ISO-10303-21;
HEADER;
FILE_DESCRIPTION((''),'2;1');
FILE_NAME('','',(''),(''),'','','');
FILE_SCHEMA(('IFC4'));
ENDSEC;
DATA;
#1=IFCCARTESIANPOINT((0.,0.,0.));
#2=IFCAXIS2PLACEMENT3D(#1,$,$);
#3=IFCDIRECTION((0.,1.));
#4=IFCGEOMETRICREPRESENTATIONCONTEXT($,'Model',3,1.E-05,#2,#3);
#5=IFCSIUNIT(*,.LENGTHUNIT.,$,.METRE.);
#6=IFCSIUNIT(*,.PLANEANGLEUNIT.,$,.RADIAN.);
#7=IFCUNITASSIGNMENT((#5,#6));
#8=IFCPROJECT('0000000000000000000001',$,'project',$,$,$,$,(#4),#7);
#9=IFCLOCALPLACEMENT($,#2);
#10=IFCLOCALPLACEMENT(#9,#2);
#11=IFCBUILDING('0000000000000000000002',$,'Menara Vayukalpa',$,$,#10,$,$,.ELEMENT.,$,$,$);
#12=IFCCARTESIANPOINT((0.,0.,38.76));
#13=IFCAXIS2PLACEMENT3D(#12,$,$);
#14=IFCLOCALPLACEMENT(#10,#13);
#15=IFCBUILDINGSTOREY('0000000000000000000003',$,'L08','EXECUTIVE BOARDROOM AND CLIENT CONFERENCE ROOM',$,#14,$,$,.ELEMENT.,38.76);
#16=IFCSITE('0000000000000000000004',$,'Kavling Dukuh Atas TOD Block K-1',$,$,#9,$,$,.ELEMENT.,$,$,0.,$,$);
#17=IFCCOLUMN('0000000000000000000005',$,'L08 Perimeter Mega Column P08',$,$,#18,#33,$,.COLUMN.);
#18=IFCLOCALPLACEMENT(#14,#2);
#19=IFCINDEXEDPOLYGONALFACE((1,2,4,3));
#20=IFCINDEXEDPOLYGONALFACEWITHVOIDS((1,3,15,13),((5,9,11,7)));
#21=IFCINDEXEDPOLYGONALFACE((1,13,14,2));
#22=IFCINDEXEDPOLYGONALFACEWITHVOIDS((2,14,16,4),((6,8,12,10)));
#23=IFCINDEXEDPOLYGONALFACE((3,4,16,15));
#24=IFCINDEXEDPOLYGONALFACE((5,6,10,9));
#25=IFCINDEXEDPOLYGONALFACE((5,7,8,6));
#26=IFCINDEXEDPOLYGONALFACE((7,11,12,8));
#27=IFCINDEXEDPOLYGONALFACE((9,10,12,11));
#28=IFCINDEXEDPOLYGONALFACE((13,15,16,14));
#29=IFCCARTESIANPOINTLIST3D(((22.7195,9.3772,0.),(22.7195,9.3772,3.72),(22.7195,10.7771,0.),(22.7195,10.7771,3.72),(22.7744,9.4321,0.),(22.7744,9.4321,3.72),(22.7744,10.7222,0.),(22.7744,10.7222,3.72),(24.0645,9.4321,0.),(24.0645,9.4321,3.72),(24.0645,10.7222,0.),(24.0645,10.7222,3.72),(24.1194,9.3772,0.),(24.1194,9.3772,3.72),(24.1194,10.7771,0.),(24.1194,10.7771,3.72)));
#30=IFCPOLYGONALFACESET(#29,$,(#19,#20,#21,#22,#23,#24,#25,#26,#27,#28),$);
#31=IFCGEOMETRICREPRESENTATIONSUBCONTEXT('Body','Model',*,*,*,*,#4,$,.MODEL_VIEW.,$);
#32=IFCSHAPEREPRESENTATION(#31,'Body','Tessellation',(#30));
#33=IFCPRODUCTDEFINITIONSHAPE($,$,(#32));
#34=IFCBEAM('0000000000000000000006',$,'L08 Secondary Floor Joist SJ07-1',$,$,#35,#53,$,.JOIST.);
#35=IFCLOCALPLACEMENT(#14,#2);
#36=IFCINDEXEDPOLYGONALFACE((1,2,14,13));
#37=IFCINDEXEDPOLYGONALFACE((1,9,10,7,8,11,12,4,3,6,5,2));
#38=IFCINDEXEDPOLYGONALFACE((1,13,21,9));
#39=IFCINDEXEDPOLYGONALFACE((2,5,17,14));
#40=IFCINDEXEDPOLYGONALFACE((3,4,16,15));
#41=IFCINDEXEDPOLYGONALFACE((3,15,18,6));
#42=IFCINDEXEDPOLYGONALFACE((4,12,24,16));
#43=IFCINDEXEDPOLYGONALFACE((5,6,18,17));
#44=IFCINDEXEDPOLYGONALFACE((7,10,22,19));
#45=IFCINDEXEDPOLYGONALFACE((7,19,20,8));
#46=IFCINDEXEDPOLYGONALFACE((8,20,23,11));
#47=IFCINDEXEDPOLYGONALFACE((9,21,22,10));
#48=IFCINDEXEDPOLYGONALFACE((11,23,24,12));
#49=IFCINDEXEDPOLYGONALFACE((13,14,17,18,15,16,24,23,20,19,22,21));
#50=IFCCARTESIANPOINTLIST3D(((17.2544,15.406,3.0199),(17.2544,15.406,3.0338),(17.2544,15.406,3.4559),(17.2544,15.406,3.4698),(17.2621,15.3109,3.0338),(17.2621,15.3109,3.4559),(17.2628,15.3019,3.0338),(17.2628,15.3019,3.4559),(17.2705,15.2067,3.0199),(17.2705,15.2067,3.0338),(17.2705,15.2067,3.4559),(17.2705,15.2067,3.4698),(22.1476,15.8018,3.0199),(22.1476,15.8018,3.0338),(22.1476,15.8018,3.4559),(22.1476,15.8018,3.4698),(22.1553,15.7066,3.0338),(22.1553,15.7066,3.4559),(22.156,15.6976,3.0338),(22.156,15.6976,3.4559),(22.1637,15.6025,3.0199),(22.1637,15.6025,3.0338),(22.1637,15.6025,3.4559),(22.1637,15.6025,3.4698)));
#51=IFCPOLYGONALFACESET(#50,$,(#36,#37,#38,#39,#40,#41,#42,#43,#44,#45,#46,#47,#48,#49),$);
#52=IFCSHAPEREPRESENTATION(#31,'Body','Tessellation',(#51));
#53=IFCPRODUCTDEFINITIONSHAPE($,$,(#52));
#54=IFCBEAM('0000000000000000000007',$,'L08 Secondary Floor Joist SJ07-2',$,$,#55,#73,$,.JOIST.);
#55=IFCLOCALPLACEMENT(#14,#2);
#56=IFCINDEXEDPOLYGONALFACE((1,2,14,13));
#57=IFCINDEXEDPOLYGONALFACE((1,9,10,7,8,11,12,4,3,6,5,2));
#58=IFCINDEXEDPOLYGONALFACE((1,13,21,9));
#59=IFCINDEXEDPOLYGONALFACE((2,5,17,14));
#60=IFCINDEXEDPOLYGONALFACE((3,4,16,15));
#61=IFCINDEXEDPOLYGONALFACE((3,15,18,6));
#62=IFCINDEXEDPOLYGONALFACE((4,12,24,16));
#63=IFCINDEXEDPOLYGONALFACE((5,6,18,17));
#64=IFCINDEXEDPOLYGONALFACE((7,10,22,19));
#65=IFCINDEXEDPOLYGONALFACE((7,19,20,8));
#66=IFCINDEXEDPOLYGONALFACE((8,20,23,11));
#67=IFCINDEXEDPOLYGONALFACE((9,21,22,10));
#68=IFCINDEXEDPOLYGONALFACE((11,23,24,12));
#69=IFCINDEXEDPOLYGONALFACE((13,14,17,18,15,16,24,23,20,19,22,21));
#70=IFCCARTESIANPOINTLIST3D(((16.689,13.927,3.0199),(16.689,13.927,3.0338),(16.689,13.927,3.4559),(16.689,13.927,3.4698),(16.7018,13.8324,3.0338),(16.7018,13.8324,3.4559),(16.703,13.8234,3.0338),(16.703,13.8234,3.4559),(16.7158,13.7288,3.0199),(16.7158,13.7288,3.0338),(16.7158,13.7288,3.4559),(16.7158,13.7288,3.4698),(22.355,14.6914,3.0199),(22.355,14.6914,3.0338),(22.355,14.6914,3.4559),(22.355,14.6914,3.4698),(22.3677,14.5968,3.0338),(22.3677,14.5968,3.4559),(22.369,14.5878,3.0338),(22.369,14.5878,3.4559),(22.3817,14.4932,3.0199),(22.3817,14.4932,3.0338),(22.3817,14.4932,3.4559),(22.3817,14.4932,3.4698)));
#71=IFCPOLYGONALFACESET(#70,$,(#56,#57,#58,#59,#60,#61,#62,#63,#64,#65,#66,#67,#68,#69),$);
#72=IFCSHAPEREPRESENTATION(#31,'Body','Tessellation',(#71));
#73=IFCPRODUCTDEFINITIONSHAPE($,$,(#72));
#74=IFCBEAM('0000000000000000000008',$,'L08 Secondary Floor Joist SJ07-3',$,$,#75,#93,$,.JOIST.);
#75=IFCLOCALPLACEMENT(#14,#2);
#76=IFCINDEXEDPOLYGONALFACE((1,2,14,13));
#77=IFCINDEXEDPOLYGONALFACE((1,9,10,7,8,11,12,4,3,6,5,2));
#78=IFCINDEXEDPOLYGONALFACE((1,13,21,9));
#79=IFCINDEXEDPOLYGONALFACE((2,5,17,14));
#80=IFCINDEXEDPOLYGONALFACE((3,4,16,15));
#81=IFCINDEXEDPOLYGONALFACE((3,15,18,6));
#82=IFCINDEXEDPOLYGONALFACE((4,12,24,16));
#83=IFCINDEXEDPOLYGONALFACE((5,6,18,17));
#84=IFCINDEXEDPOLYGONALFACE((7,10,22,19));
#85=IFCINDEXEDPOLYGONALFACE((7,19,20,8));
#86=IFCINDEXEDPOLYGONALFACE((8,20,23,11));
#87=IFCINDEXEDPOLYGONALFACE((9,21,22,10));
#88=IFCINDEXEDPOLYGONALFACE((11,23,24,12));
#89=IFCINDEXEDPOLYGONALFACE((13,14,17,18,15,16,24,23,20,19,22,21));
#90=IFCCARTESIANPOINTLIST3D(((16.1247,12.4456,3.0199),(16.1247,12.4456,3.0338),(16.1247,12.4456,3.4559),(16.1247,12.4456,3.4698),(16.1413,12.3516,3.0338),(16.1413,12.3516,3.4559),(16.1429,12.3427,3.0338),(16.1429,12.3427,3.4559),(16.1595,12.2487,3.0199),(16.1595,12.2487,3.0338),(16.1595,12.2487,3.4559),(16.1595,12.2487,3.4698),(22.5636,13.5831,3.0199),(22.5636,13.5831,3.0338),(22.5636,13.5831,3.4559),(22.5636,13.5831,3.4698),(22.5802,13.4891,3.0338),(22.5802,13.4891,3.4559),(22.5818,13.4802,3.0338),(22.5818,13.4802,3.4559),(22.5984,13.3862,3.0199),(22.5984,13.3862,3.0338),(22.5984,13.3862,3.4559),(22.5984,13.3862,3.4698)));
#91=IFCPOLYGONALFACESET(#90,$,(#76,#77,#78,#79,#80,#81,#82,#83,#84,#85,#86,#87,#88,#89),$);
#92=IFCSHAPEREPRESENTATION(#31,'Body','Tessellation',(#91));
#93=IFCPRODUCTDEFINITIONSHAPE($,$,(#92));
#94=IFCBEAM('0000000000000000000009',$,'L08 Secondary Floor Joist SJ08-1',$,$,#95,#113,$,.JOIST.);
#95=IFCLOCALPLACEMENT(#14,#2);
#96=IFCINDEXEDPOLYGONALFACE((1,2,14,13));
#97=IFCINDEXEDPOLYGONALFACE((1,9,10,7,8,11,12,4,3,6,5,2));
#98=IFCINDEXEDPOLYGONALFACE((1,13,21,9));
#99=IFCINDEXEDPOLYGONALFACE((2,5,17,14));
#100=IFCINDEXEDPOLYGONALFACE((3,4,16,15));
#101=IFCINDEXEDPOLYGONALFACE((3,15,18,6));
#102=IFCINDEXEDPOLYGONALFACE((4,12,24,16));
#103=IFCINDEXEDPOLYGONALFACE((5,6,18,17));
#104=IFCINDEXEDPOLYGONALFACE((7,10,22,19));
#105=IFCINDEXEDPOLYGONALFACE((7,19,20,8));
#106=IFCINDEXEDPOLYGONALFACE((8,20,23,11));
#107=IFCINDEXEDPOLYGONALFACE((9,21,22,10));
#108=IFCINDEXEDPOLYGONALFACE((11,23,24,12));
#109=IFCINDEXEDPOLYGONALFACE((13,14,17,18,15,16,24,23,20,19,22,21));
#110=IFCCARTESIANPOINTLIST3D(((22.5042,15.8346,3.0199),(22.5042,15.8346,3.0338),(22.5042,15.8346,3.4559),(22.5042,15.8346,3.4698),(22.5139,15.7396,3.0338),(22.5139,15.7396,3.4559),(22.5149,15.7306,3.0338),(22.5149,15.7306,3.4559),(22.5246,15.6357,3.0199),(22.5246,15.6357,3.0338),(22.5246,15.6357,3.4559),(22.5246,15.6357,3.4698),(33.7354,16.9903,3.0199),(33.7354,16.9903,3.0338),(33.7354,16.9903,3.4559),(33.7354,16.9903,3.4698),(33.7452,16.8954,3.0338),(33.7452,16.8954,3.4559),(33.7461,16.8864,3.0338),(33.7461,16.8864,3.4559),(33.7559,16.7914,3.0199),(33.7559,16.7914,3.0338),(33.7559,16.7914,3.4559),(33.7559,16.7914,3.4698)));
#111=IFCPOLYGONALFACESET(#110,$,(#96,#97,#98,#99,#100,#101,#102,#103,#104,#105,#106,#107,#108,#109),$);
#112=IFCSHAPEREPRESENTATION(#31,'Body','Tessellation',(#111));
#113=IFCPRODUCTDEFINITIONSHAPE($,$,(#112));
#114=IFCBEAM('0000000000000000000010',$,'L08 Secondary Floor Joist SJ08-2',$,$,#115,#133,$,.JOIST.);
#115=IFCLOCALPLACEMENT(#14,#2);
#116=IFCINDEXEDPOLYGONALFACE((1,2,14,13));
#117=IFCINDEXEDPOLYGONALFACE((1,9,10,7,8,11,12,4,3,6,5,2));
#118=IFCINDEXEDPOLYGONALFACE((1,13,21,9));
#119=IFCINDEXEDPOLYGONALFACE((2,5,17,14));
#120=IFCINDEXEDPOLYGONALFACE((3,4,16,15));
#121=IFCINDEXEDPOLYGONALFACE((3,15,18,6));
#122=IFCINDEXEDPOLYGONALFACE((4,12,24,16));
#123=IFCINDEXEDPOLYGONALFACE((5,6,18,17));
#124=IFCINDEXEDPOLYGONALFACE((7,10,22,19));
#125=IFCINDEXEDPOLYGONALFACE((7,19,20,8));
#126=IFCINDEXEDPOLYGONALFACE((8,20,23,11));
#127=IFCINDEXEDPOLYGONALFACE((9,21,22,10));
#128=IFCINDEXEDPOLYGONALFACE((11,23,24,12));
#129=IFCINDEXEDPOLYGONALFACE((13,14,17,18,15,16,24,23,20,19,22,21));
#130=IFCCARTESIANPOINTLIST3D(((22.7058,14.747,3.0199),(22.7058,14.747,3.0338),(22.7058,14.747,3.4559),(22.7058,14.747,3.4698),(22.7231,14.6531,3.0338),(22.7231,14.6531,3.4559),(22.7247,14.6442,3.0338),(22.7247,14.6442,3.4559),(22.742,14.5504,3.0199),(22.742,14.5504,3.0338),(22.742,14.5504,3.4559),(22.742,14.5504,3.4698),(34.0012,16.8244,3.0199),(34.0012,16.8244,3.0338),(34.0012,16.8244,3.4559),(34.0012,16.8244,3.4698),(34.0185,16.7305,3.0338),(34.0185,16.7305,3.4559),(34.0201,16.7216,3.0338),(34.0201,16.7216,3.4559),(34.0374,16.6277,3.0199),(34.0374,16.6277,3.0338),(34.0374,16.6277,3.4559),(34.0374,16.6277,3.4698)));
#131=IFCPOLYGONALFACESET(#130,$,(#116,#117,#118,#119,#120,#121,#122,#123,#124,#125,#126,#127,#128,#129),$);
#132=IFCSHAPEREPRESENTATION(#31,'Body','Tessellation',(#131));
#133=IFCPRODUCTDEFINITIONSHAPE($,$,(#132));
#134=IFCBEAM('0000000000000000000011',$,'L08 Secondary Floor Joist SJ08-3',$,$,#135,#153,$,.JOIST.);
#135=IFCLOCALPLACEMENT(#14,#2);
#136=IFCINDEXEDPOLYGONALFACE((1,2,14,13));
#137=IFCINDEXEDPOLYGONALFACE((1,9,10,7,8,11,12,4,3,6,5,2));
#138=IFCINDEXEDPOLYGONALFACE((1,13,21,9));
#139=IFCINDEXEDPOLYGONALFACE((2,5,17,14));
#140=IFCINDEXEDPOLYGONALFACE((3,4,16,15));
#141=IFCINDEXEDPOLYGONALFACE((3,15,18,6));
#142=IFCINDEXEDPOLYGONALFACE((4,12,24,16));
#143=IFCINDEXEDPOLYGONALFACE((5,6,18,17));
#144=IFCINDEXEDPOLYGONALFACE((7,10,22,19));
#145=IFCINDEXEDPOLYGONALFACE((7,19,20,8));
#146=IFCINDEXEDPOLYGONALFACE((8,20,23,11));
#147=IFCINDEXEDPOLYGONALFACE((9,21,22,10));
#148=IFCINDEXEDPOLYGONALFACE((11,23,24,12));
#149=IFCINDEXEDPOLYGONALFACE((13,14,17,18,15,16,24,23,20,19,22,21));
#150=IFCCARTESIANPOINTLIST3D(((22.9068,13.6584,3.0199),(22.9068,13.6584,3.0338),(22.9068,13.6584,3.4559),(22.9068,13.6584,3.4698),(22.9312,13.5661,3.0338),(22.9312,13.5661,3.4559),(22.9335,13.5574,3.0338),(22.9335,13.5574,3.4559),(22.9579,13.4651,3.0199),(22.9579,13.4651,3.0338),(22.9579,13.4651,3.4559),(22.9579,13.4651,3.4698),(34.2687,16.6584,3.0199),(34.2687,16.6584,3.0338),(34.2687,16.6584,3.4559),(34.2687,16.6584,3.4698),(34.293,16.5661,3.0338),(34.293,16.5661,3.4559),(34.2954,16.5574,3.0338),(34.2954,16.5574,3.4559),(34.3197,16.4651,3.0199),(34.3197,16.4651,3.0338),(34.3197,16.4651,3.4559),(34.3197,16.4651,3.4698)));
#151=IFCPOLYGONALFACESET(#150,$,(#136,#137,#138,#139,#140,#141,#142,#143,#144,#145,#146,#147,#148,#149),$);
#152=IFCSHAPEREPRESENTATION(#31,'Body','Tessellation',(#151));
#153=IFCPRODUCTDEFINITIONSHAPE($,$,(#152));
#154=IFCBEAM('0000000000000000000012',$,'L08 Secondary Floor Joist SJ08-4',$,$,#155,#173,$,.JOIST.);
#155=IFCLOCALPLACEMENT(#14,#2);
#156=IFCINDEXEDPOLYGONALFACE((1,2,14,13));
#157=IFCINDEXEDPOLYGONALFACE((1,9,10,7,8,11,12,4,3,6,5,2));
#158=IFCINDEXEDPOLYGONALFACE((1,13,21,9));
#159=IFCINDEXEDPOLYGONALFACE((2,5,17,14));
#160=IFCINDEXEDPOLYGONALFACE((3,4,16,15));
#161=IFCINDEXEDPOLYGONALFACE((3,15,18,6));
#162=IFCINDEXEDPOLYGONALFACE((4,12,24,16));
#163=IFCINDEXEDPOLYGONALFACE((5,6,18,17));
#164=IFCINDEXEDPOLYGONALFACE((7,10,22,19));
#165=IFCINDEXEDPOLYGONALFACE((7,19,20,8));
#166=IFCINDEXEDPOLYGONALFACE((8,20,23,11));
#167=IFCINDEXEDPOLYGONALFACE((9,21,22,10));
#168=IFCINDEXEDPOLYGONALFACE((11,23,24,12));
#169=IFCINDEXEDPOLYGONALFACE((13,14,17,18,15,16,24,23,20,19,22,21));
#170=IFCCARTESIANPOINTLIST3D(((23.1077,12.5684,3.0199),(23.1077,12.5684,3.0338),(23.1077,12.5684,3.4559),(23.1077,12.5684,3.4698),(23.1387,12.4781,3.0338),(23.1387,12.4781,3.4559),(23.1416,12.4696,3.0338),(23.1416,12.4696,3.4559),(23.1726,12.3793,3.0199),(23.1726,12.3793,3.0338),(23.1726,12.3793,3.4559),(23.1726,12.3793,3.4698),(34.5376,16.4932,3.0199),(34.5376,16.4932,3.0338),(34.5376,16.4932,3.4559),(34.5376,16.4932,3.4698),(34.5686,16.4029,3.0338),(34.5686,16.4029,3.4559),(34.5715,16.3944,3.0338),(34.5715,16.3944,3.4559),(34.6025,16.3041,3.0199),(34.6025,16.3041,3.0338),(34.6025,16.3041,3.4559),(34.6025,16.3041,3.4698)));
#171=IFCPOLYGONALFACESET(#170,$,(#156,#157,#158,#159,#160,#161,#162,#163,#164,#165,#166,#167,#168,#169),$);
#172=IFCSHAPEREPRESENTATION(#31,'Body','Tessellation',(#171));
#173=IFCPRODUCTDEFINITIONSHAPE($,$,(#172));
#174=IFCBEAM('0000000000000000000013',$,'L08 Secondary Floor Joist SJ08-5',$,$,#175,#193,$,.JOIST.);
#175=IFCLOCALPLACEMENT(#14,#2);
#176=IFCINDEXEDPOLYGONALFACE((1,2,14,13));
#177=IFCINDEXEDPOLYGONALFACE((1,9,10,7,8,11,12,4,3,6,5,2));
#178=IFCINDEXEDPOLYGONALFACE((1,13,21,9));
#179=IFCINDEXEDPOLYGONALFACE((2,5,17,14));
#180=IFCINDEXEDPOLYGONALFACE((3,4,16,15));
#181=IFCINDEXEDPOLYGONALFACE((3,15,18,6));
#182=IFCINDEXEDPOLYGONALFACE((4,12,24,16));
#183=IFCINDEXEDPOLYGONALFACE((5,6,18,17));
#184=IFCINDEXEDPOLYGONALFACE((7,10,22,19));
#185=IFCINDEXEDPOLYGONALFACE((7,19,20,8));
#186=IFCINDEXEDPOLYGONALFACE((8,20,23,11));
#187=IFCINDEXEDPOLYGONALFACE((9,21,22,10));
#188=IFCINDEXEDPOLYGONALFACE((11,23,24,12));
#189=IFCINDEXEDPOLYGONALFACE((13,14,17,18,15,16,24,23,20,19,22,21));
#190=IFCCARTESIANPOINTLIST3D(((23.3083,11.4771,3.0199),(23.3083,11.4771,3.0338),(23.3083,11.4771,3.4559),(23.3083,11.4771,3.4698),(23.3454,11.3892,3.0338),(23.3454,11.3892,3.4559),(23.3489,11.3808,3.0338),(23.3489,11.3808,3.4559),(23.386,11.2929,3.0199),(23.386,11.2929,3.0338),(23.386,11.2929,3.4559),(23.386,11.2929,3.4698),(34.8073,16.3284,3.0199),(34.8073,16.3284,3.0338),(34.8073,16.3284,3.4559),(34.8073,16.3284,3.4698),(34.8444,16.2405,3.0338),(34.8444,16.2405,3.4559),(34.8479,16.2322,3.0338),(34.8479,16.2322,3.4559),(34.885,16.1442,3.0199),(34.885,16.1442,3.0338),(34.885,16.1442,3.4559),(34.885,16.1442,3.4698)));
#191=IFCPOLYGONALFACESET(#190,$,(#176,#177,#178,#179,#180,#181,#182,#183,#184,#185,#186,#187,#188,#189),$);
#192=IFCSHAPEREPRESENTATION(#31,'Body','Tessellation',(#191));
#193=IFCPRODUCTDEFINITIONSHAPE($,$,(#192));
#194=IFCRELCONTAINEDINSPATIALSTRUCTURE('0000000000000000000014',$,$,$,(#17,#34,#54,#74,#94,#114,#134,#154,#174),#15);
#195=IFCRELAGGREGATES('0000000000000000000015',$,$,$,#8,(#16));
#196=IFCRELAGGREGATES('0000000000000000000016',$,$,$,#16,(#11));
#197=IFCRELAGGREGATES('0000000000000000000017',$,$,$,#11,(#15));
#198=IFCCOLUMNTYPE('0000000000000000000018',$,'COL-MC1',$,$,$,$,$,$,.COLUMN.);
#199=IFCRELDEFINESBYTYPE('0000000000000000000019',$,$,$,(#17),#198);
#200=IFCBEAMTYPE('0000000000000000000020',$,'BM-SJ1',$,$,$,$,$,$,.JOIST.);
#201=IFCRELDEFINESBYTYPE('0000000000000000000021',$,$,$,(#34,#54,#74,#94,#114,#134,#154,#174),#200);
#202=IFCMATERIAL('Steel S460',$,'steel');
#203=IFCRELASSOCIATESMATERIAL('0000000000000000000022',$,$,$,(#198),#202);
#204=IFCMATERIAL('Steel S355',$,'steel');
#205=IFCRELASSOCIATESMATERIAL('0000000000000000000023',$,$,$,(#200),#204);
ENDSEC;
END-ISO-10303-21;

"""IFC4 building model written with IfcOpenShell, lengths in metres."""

from ifc_helpers import new_model, si_unit, direction, frame, origin, origin_2d, place, context, subcontext, project, spatial, hollow_rectangle, i_section, extrude, material, material_profile, profile_set, type_object, element, save


model = new_model("IFC4")

# Units and contexts
model_context = context("Model", 3, precision=1e-05, world=origin(), true_north=direction((0.0, 1.0)))
body_context = subcontext(model_context, "Body", "Model", "MODEL_VIEW")
ifc_project = project(units=[si_unit("LENGTHUNIT", "METRE"), si_unit("PLANEANGLEUNIT", "RADIAN")], contexts=[model_context])

# Site, building, storey
site_placement = place(None, origin())
site = spatial("IfcSite", under=ifc_project, at=site_placement, Name="Kavling Dukuh Atas TOD Block K-1", CompositionType="ELEMENT", RefElevation=0.0)
building_placement = place(site_placement, origin())
building = spatial("IfcBuilding", under=site, at=building_placement, Name="Menara Vayukalpa", CompositionType="ELEMENT")
storey_placement = place(building_placement, frame((0.0, 0.0, 38.76)))
storey = spatial("IfcBuildingStorey", under=building, at=storey_placement, Name="L08", Description="EXECUTIVE BOARDROOM AND CLIENT CONFERENCE ROOM", CompositionType="ELEMENT", Elevation=38.76)

# Column
ifc_material_1 = material(Name="Steel S460", Category="steel")
ifc_material_profile_1 = material_profile(ifc_material_1, hollow_rectangle(XDim=1.3999, YDim=1.3999, WallThickness=0.0549, at=origin_2d()), Name="BOX 1400x1400x55")
ifc_profile_set_1 = profile_set([ifc_material_profile_1], Name="Steel S460")
column_type = type_object("IfcColumnType", Name="COL-MC1", PredefinedType="COLUMN", material=ifc_profile_set_1)
column_placement = place(storey_placement, frame((23.4194, 10.0771, 0.0), z_axis=(0.0, 0.0, 1.0), x_axis=(1.0, 0.0, 0.0)))
element("IfcColumn", 1, at=column_placement, inside=storey, type_object=column_type, Name="L08 Perimeter Mega Column P08", PredefinedType="COLUMN", context=body_context, shape_type="SweptSolid", body=[
    extrude(hollow_rectangle(XDim=1.3999, YDim=1.3999, WallThickness=0.0549, at=origin_2d()), origin(), (0.0, 0.0, 1.0), 3.72),
])

# Beams
ifc_material_2 = material(Name="Steel S355", Category="steel")
ifc_material_profile_2 = material_profile(ifc_material_2, i_section(OverallWidth=0.2, OverallDepth=0.45, WebThickness=0.009, FlangeThickness=0.0139, at=origin_2d()), Name="WF 450x200x9x14")
ifc_profile_set_2 = profile_set([ifc_material_profile_2], Name="Steel S355")
beam_type_1 = type_object("IfcBeamType", Name="BM-SJ1", PredefinedType="JOIST", material=ifc_profile_set_2)
beam_1_placement = place(storey_placement, frame((17.2625, 15.3064, 3.2449), z_axis=(0.996745, 0.080613, 0.0), x_axis=(-0.080613, 0.996745, 0.0)))
element("IfcBeam", 2, at=beam_1_placement, inside=storey, type_object=beam_type_1, Name="L08 Secondary Floor Joist SJ07-1", PredefinedType="JOIST", context=body_context, shape_type="SweptSolid", body=[
    extrude(i_section(OverallWidth=0.2, OverallDepth=0.45, WebThickness=0.009, FlangeThickness=0.0139, at=origin_2d()), origin(), (0.0, 0.0, 1.0), 4.9092),
])
beam_2_placement = place(storey_placement, frame((16.7024, 13.8279, 3.2449), z_axis=(0.991022, 0.133699, 0.0), x_axis=(-0.133699, 0.991022, 0.0)))
element("IfcBeam", 3, at=beam_2_placement, inside=storey, type_object=beam_type_1, Name="L08 Secondary Floor Joist SJ07-2", PredefinedType="JOIST", context=body_context, shape_type="SweptSolid", body=[
    extrude(i_section(OverallWidth=0.2, OverallDepth=0.45, WebThickness=0.009, FlangeThickness=0.0139, at=origin_2d()), origin(), (0.0, 0.0, 1.0), 5.7173),
])
beam_3_placement = place(storey_placement, frame((16.1421, 12.3472, 3.2449), z_axis=(0.984753, 0.173958, 0.0), x_axis=(-0.173958, 0.984753, 0.0)))
element("IfcBeam", 4, at=beam_3_placement, inside=storey, type_object=beam_type_1, Name="L08 Secondary Floor Joist SJ07-3", PredefinedType="JOIST", context=body_context, shape_type="SweptSolid", body=[
    extrude(i_section(OverallWidth=0.2, OverallDepth=0.45, WebThickness=0.009, FlangeThickness=0.0139, at=origin_2d()), origin(), (0.0, 0.0, 1.0), 6.5386),
])
beam_4_placement = place(storey_placement, frame((22.5144, 15.7351, 3.2449), z_axis=(0.994747, 0.102366, 0.0), x_axis=(-0.102366, 0.994747, 0.0)))
element("IfcBeam", 5, at=beam_4_placement, inside=storey, type_object=beam_type_1, Name="L08 Secondary Floor Joist SJ08-1", PredefinedType="JOIST", context=body_context, shape_type="SweptSolid", body=[
    extrude(i_section(OverallWidth=0.2, OverallDepth=0.45, WebThickness=0.009, FlangeThickness=0.0139, at=origin_2d()), origin(), (0.0, 0.0, 1.0), 11.2905),
])
beam_5_placement = place(storey_placement, frame((22.7239, 14.6487, 3.2449), z_axis=(0.983505, 0.180881, 0.0), x_axis=(-0.180881, 0.983505, 0.0)))
element("IfcBeam", 6, at=beam_5_placement, inside=storey, type_object=beam_type_1, Name="L08 Secondary Floor Joist SJ08-2", PredefinedType="JOIST", context=body_context, shape_type="SweptSolid", body=[
    extrude(i_section(OverallWidth=0.2, OverallDepth=0.45, WebThickness=0.009, FlangeThickness=0.0139, at=origin_2d()), origin(), (0.0, 0.0, 1.0), 11.4849),
])
beam_6_placement = place(storey_placement, frame((22.9324, 13.5618, 3.2449), z_axis=(0.966864, 0.255293, 0.0), x_axis=(-0.255293, 0.966864, 0.0)))
element("IfcBeam", 7, at=beam_6_placement, inside=storey, type_object=beam_type_1, Name="L08 Secondary Floor Joist SJ08-3", PredefinedType="JOIST", context=body_context, shape_type="SweptSolid", body=[
    extrude(i_section(OverallWidth=0.2, OverallDepth=0.45, WebThickness=0.009, FlangeThickness=0.0139, at=origin_2d()), origin(), (0.0, 0.0, 1.0), 11.7512),
])
beam_7_placement = place(storey_placement, frame((23.1401, 12.4739, 3.2449), z_axis=(0.945794, 0.324766, 0.0), x_axis=(-0.324766, 0.945794, 0.0)))
element("IfcBeam", 8, at=beam_7_placement, inside=storey, type_object=beam_type_1, Name="L08 Secondary Floor Joist SJ08-4", PredefinedType="JOIST", context=body_context, shape_type="SweptSolid", body=[
    extrude(i_section(OverallWidth=0.2, OverallDepth=0.45, WebThickness=0.009, FlangeThickness=0.0139, at=origin_2d()), origin(), (0.0, 0.0, 1.0), 12.085),
])
beam_8_placement = place(storey_placement, frame((23.3472, 11.385, 3.2449), z_axis=(0.921359, 0.388712, 0.0), x_axis=(-0.388712, 0.921359, 0.0)))
element("IfcBeam", 9, at=beam_8_placement, inside=storey, type_object=beam_type_1, Name="L08 Secondary Floor Joist SJ08-5", PredefinedType="JOIST", context=body_context, shape_type="SweptSolid", body=[
    extrude(i_section(OverallWidth=0.2, OverallDepth=0.45, WebThickness=0.009, FlangeThickness=0.0139, at=origin_2d()), origin(), (0.0, 0.0, 1.0), 12.4805),
])

save(model, "model.ifc")
